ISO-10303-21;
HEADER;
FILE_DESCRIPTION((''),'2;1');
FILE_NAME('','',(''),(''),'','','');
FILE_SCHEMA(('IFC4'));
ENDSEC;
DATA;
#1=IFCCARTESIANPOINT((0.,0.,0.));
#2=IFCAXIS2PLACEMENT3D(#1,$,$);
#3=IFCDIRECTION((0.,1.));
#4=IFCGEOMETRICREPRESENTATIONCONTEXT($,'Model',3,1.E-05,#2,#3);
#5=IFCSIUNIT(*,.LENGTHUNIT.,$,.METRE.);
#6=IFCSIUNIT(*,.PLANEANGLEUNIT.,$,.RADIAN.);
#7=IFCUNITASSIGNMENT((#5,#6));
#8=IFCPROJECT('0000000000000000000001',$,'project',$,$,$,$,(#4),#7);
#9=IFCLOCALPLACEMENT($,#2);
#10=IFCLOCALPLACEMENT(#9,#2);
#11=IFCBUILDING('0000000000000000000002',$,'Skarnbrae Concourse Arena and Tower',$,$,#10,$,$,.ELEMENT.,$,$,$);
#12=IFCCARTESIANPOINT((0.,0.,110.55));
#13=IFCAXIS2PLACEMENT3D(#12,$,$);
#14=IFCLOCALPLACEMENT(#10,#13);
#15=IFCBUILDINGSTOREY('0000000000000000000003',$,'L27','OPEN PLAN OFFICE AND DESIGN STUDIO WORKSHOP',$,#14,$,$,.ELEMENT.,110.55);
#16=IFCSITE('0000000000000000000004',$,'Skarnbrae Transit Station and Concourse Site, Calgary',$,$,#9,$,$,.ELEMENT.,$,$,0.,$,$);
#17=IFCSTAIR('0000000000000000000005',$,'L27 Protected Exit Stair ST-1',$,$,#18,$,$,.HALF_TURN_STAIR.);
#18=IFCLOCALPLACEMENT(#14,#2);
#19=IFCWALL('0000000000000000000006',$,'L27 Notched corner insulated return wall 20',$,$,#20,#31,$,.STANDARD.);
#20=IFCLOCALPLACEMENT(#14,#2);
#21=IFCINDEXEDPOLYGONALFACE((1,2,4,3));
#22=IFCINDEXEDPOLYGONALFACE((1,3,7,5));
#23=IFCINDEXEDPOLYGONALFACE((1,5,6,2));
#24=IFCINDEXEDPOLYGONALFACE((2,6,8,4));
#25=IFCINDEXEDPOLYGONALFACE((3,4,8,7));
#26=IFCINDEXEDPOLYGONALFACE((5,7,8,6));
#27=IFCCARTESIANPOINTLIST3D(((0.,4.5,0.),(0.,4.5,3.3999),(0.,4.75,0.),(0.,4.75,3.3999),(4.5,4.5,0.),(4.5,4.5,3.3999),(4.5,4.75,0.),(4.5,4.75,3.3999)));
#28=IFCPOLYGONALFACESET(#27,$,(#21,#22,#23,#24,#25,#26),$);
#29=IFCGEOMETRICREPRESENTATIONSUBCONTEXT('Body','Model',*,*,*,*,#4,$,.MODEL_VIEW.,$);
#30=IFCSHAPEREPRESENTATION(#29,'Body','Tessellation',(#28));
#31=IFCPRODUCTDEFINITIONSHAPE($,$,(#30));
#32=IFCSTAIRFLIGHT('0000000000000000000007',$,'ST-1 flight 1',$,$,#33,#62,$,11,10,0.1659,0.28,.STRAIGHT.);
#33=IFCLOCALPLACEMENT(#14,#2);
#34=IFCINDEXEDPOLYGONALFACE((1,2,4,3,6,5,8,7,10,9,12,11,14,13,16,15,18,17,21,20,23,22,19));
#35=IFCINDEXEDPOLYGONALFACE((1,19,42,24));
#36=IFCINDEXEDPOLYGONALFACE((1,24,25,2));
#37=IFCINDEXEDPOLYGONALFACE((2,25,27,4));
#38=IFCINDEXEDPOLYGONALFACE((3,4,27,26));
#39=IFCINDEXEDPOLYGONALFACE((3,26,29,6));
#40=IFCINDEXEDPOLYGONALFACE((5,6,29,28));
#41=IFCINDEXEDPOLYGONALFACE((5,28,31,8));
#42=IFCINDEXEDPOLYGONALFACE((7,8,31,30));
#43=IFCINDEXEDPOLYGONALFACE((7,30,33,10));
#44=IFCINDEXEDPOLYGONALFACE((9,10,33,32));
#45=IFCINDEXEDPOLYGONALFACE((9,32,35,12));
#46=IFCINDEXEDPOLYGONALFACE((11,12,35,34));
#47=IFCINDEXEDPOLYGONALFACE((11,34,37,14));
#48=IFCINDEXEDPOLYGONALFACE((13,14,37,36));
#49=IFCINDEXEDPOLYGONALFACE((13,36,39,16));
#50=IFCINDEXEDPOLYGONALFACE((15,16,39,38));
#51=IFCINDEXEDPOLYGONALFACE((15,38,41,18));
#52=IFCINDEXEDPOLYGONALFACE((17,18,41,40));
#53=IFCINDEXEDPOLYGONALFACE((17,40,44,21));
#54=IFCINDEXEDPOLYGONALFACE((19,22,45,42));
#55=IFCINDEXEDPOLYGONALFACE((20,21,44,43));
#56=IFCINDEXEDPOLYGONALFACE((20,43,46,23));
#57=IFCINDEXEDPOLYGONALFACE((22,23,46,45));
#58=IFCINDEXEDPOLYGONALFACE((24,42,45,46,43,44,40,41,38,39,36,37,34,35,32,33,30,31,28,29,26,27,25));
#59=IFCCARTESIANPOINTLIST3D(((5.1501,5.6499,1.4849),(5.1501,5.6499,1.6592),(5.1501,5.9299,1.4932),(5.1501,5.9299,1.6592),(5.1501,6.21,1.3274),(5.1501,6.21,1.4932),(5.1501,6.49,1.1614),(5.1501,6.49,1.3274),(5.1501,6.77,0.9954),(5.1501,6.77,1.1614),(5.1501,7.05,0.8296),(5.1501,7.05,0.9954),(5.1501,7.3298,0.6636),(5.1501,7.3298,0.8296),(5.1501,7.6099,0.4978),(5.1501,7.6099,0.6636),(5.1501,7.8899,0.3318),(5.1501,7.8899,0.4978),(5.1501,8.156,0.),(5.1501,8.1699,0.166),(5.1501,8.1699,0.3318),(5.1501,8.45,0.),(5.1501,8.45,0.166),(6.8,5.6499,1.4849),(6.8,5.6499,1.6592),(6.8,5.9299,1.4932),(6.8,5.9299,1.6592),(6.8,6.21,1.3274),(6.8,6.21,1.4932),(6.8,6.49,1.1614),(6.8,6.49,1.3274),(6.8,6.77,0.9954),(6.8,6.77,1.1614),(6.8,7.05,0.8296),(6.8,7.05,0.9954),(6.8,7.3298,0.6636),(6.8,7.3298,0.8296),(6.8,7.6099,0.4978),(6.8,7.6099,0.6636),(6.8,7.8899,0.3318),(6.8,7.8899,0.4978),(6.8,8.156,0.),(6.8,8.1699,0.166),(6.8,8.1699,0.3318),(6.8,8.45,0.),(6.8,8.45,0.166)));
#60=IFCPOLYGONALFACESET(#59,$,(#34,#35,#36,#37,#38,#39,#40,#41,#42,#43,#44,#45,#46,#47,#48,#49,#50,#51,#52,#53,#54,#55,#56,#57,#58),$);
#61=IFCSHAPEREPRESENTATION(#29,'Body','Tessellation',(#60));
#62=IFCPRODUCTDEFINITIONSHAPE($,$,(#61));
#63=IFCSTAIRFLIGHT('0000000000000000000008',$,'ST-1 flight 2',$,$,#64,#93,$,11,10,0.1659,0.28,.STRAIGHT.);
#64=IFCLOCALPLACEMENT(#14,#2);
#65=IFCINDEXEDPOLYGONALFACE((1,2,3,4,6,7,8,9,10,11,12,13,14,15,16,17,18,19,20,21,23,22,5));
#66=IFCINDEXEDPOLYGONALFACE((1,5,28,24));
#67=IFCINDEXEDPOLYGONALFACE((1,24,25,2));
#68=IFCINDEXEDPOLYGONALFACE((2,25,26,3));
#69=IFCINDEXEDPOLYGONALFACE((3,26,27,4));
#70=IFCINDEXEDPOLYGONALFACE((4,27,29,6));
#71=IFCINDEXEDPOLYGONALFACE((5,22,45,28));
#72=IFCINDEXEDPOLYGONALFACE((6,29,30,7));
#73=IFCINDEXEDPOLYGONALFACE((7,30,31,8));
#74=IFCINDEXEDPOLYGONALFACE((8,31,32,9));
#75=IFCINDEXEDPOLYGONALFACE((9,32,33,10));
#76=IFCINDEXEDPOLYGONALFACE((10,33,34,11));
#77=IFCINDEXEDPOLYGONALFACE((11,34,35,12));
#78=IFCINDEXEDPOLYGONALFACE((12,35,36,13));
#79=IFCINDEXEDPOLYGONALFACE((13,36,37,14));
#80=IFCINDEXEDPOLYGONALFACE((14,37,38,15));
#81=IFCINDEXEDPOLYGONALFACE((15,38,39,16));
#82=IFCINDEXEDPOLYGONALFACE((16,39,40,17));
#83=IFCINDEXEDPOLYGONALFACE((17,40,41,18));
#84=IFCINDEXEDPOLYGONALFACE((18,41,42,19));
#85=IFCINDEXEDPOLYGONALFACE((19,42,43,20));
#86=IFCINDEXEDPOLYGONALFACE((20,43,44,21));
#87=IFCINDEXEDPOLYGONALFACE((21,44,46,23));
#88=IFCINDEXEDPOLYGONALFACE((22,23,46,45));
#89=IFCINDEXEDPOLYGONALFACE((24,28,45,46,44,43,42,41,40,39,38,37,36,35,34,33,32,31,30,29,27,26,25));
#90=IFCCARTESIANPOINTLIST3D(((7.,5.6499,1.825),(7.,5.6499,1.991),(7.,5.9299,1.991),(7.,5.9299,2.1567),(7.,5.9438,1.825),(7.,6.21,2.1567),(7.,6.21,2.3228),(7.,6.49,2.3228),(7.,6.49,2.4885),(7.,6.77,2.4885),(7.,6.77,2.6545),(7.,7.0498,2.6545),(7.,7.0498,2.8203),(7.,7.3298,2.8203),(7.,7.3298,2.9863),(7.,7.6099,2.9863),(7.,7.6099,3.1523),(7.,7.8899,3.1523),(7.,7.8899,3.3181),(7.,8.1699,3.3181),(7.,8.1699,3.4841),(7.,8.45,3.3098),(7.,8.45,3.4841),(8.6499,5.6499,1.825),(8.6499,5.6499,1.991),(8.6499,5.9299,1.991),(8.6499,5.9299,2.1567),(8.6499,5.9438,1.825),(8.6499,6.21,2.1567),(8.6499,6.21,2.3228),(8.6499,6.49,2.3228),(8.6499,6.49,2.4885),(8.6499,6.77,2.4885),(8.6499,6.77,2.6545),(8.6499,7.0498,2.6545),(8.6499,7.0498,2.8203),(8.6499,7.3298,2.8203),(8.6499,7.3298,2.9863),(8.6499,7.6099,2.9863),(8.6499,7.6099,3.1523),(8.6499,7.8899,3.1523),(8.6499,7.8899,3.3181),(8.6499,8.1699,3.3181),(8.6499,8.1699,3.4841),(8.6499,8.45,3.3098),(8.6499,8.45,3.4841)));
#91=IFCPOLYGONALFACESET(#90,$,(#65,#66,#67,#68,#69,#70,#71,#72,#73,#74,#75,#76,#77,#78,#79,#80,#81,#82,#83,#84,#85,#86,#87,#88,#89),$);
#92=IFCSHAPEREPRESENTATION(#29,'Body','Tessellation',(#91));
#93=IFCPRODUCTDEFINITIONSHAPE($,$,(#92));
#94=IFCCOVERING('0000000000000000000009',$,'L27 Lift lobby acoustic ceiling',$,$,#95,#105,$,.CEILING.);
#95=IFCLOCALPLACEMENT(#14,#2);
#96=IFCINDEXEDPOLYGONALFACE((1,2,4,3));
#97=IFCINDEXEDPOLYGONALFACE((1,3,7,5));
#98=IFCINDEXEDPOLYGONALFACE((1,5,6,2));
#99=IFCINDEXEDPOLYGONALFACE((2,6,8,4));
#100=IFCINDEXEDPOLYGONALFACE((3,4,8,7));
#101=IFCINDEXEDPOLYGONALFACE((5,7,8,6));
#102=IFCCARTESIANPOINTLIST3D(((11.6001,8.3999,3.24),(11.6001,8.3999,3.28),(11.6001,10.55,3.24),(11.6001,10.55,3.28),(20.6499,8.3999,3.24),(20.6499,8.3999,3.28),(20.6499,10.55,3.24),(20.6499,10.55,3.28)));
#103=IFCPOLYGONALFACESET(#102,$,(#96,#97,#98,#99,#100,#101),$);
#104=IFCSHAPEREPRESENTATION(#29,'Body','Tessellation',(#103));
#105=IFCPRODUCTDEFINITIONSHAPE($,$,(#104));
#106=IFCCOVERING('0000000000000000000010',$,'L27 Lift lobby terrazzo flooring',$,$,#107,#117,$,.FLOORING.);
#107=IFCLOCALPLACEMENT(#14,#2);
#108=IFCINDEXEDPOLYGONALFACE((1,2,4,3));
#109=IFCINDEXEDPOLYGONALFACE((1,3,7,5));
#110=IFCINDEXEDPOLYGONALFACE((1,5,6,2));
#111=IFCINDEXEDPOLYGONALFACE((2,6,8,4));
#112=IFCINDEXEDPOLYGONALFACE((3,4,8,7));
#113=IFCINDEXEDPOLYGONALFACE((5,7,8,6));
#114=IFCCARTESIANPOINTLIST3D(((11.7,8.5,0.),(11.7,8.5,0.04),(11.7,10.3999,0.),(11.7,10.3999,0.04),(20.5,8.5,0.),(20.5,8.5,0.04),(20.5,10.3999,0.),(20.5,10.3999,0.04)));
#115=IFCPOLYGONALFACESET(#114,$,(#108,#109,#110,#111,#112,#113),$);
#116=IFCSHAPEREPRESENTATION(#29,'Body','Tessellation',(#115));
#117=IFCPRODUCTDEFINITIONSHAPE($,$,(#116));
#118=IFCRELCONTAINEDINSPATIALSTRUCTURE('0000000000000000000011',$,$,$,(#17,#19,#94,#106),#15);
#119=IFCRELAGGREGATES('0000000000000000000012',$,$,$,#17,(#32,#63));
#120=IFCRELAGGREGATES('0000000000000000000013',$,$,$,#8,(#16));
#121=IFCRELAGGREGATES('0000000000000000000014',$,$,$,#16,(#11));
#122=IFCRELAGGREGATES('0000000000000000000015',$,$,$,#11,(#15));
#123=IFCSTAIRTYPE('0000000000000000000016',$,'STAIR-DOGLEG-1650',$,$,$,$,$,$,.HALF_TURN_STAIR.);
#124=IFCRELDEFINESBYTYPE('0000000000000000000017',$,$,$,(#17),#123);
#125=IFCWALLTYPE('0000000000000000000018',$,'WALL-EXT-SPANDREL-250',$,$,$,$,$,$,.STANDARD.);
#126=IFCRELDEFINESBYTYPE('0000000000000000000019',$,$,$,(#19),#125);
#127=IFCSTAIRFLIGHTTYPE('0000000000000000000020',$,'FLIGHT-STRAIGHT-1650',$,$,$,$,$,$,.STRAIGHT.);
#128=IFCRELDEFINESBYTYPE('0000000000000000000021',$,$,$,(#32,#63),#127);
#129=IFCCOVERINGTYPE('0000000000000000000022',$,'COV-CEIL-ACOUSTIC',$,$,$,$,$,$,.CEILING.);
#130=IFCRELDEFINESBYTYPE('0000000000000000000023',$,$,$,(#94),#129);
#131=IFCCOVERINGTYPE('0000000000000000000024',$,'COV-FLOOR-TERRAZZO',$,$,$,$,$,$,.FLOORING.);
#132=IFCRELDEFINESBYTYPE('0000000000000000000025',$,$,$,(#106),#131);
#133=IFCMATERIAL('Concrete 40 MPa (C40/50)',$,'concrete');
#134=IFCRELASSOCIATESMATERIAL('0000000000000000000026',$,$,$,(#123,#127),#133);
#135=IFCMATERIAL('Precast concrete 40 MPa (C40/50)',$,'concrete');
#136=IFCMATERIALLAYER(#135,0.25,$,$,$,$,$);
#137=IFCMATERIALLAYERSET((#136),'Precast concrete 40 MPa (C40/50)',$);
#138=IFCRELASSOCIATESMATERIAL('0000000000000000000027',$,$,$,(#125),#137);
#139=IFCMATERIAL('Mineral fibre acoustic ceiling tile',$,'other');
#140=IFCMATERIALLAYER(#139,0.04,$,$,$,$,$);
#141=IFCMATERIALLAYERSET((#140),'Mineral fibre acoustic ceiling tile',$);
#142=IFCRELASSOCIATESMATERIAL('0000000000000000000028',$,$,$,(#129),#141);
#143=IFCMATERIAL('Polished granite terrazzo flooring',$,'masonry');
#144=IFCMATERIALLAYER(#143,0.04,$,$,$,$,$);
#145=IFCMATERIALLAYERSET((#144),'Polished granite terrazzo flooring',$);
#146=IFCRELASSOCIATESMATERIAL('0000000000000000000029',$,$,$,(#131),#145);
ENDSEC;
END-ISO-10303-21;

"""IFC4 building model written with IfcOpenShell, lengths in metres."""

from ifc_helpers import new_model, si_unit, direction, frame, frame_2d, origin, place, context, subcontext, project, spatial, polyline, rectangle, outline, extrude, source, transform, mapped, material, layer, layer_set, type_object, element, aggregate, save


model = new_model("IFC4")

# Units and contexts
model_context = context("Model", 3, precision=1e-05, world=origin(), true_north=direction((0.0, 1.0)))
body_context = subcontext(model_context, "Body", "Model", "MODEL_VIEW")
ifc_project = project(units=[si_unit("LENGTHUNIT", "METRE"), si_unit("PLANEANGLEUNIT", "RADIAN")], contexts=[model_context])

# Site, building, storey
site_placement = place(None, origin())
site = spatial("IfcSite", under=ifc_project, at=site_placement, Name="Skarnbrae Transit Station and Concourse Site, Calgary", CompositionType="ELEMENT", RefElevation=0.0)
building_placement = place(site_placement, origin())
building = spatial("IfcBuilding", under=site, at=building_placement, Name="Skarnbrae Concourse Arena and Tower", CompositionType="ELEMENT")
storey_placement = place(building_placement, frame((0.0, 0.0, 110.55)))
storey = spatial("IfcBuildingStorey", under=building, at=storey_placement, Name="L27", Description="OPEN PLAN OFFICE AND DESIGN STUDIO WORKSHOP", CompositionType="ELEMENT", Elevation=110.55)

# Stair
ifc_material_1 = material(Name="Concrete 40 MPa (C40/50)", Category="concrete")
stair_type = type_object("IfcStairType", Name="STAIR-DOGLEG-1650", PredefinedType="HALF_TURN_STAIR", material=ifc_material_1)
stair_1_placement = place(storey_placement, origin())
stair_1 = element("IfcStair", 1, at=stair_1_placement, inside=storey, type_object=stair_type, Name="L27 Protected Exit Stair ST-1", PredefinedType="HALF_TURN_STAIR")

# Wall
ifc_material_2 = material(Name="Precast concrete 40 MPa (C40/50)", Category="concrete")
ifc_layer_1 = layer(ifc_material_2, 0.25)
ifc_layer_set_1 = layer_set([ifc_layer_1], Name="Precast concrete 40 MPa (C40/50)")
wall_type_1 = type_object("IfcWallType", Name="WALL-EXT-SPANDREL-250", PredefinedType="STANDARD", material=ifc_layer_set_1)
shared_shape_1 = source(origin(), body_context, "Body", "SweptSolid", [
    extrude(rectangle(XDim=4.5, YDim=0.25, at=frame_2d((2.25, 0.0))), origin(), (0.0, 0.0, 1.0), 3.3999),
])
wall_1_placement = place(storey_placement, frame((0.0, 4.625, 0.0), z_axis=(0.0, 0.0, 1.0), x_axis=(1.0, 0.0, 0.0)))
element("IfcWall", 2, at=wall_1_placement, inside=storey, type_object=wall_type_1, Name="L27 Notched corner insulated return wall 20", PredefinedType="STANDARD", context=body_context, shape_type="MappedRepresentation", body=[
    mapped(shared_shape_1, transform((0.0, 0.0, 0.0))),
])

# Stair flights
stair_flight_type = type_object("IfcStairFlightType", Name="FLIGHT-STRAIGHT-1650", PredefinedType="STRAIGHT", material=ifc_material_1)
shared_shape_2 = source(origin(), body_context, "Body", "SweptSolid", [
    extrude(outline(polyline([(0.0, 0.0), (0.0, 0.166), (0.28, 0.166), (0.28, 0.3318), (0.5601, 0.3318), (0.5601, 0.4978), (0.8401, 0.4978), (0.8401, 0.6636), (1.1201, 0.6636), (1.1201, 0.8296), (1.3999, 0.8296), (1.3999, 0.9954), (1.6799, 0.9954), (1.6799, 1.1614), (1.96, 1.1614), (1.96, 1.3274), (2.24, 1.3274), (2.24, 1.4932), (2.52, 1.4932), (2.52, 1.6592), (2.8, 1.6592), (2.8, 1.825), (2.8, 1.4849), (0.2939, 0.0), (0.0, 0.0)])), frame((0.0, 0.825, 0.0), z_axis=(0.0, -1.0, 0.0), x_axis=(1.0, 0.0, 0.0)), (0.0, 0.0, 1.0), 1.6499),
])
stair_flight_1_placement = place(storey_placement, frame((5.9751, 8.45, 0.0), z_axis=(0.0, 0.0, 1.0), x_axis=(0.0, -1.0, 0.0)))
stair_flight_1 = element("IfcStairFlight", 3, at=stair_flight_1_placement, type_object=stair_flight_type, Name="ST-1 flight 1", NumberOfRisers=11, NumberOfTreads=10, PredefinedType="STRAIGHT", RiserHeight=0.1659, TreadLength=0.28, context=body_context, shape_type="MappedRepresentation", body=[
    mapped(shared_shape_2, transform((0.0, 0.0, 0.0))),
])
stair_flight_2_placement = place(storey_placement, frame((7.825, 5.6499, 1.825), z_axis=(0.0, 0.0, 1.0), x_axis=(0.0, 1.0, 0.0)))
stair_flight_2 = element("IfcStairFlight", 4, at=stair_flight_2_placement, type_object=stair_flight_type, Name="ST-1 flight 2", NumberOfRisers=11, NumberOfTreads=10, PredefinedType="STRAIGHT", RiserHeight=0.1659, TreadLength=0.28, context=body_context, shape_type="MappedRepresentation", body=[
    mapped(shared_shape_2, transform((0.0, 0.0, 0.0))),
])
aggregate(stair_1, [stair_flight_1, stair_flight_2])

# Coverings
ifc_material_3 = material(Name="Mineral fibre acoustic ceiling tile", Category="other")
ifc_layer_2 = layer(ifc_material_3, 0.04)
ifc_layer_set_2 = layer_set([ifc_layer_2], Name="Mineral fibre acoustic ceiling tile")
covering_type_1 = type_object("IfcCoveringType", Name="COV-CEIL-ACOUSTIC", PredefinedType="CEILING", material=ifc_layer_set_2)
covering_1_placement = place(storey_placement, frame((0.0, 0.0, 3.24)))
element("IfcCovering", 5, at=covering_1_placement, inside=storey, type_object=covering_type_1, Name="L27 Lift lobby acoustic ceiling", PredefinedType="CEILING", context=body_context, shape_type="SweptSolid", body=[
    extrude(outline(polyline([(11.6001, 8.3999), (20.6499, 8.3999), (20.6499, 10.55), (11.6001, 10.55), (11.6001, 8.3999)])), origin(), (0.0, 0.0, 1.0), 0.04),
])
ifc_material_4 = material(Name="Polished granite terrazzo flooring", Category="masonry")
ifc_layer_3 = layer(ifc_material_4, 0.04)
ifc_layer_set_3 = layer_set([ifc_layer_3], Name="Polished granite terrazzo flooring")
covering_type_2 = type_object("IfcCoveringType", Name="COV-FLOOR-TERRAZZO", PredefinedType="FLOORING", material=ifc_layer_set_3)
covering_2_placement = place(storey_placement, origin())
element("IfcCovering", 6, at=covering_2_placement, inside=storey, type_object=covering_type_2, Name="L27 Lift lobby terrazzo flooring", PredefinedType="FLOORING", context=body_context, shape_type="SweptSolid", body=[
    extrude(outline(polyline([(11.7, 8.5), (20.5, 8.5), (20.5, 10.3999), (11.7, 10.3999), (11.7, 8.5)])), origin(), (0.0, 0.0, 1.0), 0.04),
])

save(model, "model.ifc")
